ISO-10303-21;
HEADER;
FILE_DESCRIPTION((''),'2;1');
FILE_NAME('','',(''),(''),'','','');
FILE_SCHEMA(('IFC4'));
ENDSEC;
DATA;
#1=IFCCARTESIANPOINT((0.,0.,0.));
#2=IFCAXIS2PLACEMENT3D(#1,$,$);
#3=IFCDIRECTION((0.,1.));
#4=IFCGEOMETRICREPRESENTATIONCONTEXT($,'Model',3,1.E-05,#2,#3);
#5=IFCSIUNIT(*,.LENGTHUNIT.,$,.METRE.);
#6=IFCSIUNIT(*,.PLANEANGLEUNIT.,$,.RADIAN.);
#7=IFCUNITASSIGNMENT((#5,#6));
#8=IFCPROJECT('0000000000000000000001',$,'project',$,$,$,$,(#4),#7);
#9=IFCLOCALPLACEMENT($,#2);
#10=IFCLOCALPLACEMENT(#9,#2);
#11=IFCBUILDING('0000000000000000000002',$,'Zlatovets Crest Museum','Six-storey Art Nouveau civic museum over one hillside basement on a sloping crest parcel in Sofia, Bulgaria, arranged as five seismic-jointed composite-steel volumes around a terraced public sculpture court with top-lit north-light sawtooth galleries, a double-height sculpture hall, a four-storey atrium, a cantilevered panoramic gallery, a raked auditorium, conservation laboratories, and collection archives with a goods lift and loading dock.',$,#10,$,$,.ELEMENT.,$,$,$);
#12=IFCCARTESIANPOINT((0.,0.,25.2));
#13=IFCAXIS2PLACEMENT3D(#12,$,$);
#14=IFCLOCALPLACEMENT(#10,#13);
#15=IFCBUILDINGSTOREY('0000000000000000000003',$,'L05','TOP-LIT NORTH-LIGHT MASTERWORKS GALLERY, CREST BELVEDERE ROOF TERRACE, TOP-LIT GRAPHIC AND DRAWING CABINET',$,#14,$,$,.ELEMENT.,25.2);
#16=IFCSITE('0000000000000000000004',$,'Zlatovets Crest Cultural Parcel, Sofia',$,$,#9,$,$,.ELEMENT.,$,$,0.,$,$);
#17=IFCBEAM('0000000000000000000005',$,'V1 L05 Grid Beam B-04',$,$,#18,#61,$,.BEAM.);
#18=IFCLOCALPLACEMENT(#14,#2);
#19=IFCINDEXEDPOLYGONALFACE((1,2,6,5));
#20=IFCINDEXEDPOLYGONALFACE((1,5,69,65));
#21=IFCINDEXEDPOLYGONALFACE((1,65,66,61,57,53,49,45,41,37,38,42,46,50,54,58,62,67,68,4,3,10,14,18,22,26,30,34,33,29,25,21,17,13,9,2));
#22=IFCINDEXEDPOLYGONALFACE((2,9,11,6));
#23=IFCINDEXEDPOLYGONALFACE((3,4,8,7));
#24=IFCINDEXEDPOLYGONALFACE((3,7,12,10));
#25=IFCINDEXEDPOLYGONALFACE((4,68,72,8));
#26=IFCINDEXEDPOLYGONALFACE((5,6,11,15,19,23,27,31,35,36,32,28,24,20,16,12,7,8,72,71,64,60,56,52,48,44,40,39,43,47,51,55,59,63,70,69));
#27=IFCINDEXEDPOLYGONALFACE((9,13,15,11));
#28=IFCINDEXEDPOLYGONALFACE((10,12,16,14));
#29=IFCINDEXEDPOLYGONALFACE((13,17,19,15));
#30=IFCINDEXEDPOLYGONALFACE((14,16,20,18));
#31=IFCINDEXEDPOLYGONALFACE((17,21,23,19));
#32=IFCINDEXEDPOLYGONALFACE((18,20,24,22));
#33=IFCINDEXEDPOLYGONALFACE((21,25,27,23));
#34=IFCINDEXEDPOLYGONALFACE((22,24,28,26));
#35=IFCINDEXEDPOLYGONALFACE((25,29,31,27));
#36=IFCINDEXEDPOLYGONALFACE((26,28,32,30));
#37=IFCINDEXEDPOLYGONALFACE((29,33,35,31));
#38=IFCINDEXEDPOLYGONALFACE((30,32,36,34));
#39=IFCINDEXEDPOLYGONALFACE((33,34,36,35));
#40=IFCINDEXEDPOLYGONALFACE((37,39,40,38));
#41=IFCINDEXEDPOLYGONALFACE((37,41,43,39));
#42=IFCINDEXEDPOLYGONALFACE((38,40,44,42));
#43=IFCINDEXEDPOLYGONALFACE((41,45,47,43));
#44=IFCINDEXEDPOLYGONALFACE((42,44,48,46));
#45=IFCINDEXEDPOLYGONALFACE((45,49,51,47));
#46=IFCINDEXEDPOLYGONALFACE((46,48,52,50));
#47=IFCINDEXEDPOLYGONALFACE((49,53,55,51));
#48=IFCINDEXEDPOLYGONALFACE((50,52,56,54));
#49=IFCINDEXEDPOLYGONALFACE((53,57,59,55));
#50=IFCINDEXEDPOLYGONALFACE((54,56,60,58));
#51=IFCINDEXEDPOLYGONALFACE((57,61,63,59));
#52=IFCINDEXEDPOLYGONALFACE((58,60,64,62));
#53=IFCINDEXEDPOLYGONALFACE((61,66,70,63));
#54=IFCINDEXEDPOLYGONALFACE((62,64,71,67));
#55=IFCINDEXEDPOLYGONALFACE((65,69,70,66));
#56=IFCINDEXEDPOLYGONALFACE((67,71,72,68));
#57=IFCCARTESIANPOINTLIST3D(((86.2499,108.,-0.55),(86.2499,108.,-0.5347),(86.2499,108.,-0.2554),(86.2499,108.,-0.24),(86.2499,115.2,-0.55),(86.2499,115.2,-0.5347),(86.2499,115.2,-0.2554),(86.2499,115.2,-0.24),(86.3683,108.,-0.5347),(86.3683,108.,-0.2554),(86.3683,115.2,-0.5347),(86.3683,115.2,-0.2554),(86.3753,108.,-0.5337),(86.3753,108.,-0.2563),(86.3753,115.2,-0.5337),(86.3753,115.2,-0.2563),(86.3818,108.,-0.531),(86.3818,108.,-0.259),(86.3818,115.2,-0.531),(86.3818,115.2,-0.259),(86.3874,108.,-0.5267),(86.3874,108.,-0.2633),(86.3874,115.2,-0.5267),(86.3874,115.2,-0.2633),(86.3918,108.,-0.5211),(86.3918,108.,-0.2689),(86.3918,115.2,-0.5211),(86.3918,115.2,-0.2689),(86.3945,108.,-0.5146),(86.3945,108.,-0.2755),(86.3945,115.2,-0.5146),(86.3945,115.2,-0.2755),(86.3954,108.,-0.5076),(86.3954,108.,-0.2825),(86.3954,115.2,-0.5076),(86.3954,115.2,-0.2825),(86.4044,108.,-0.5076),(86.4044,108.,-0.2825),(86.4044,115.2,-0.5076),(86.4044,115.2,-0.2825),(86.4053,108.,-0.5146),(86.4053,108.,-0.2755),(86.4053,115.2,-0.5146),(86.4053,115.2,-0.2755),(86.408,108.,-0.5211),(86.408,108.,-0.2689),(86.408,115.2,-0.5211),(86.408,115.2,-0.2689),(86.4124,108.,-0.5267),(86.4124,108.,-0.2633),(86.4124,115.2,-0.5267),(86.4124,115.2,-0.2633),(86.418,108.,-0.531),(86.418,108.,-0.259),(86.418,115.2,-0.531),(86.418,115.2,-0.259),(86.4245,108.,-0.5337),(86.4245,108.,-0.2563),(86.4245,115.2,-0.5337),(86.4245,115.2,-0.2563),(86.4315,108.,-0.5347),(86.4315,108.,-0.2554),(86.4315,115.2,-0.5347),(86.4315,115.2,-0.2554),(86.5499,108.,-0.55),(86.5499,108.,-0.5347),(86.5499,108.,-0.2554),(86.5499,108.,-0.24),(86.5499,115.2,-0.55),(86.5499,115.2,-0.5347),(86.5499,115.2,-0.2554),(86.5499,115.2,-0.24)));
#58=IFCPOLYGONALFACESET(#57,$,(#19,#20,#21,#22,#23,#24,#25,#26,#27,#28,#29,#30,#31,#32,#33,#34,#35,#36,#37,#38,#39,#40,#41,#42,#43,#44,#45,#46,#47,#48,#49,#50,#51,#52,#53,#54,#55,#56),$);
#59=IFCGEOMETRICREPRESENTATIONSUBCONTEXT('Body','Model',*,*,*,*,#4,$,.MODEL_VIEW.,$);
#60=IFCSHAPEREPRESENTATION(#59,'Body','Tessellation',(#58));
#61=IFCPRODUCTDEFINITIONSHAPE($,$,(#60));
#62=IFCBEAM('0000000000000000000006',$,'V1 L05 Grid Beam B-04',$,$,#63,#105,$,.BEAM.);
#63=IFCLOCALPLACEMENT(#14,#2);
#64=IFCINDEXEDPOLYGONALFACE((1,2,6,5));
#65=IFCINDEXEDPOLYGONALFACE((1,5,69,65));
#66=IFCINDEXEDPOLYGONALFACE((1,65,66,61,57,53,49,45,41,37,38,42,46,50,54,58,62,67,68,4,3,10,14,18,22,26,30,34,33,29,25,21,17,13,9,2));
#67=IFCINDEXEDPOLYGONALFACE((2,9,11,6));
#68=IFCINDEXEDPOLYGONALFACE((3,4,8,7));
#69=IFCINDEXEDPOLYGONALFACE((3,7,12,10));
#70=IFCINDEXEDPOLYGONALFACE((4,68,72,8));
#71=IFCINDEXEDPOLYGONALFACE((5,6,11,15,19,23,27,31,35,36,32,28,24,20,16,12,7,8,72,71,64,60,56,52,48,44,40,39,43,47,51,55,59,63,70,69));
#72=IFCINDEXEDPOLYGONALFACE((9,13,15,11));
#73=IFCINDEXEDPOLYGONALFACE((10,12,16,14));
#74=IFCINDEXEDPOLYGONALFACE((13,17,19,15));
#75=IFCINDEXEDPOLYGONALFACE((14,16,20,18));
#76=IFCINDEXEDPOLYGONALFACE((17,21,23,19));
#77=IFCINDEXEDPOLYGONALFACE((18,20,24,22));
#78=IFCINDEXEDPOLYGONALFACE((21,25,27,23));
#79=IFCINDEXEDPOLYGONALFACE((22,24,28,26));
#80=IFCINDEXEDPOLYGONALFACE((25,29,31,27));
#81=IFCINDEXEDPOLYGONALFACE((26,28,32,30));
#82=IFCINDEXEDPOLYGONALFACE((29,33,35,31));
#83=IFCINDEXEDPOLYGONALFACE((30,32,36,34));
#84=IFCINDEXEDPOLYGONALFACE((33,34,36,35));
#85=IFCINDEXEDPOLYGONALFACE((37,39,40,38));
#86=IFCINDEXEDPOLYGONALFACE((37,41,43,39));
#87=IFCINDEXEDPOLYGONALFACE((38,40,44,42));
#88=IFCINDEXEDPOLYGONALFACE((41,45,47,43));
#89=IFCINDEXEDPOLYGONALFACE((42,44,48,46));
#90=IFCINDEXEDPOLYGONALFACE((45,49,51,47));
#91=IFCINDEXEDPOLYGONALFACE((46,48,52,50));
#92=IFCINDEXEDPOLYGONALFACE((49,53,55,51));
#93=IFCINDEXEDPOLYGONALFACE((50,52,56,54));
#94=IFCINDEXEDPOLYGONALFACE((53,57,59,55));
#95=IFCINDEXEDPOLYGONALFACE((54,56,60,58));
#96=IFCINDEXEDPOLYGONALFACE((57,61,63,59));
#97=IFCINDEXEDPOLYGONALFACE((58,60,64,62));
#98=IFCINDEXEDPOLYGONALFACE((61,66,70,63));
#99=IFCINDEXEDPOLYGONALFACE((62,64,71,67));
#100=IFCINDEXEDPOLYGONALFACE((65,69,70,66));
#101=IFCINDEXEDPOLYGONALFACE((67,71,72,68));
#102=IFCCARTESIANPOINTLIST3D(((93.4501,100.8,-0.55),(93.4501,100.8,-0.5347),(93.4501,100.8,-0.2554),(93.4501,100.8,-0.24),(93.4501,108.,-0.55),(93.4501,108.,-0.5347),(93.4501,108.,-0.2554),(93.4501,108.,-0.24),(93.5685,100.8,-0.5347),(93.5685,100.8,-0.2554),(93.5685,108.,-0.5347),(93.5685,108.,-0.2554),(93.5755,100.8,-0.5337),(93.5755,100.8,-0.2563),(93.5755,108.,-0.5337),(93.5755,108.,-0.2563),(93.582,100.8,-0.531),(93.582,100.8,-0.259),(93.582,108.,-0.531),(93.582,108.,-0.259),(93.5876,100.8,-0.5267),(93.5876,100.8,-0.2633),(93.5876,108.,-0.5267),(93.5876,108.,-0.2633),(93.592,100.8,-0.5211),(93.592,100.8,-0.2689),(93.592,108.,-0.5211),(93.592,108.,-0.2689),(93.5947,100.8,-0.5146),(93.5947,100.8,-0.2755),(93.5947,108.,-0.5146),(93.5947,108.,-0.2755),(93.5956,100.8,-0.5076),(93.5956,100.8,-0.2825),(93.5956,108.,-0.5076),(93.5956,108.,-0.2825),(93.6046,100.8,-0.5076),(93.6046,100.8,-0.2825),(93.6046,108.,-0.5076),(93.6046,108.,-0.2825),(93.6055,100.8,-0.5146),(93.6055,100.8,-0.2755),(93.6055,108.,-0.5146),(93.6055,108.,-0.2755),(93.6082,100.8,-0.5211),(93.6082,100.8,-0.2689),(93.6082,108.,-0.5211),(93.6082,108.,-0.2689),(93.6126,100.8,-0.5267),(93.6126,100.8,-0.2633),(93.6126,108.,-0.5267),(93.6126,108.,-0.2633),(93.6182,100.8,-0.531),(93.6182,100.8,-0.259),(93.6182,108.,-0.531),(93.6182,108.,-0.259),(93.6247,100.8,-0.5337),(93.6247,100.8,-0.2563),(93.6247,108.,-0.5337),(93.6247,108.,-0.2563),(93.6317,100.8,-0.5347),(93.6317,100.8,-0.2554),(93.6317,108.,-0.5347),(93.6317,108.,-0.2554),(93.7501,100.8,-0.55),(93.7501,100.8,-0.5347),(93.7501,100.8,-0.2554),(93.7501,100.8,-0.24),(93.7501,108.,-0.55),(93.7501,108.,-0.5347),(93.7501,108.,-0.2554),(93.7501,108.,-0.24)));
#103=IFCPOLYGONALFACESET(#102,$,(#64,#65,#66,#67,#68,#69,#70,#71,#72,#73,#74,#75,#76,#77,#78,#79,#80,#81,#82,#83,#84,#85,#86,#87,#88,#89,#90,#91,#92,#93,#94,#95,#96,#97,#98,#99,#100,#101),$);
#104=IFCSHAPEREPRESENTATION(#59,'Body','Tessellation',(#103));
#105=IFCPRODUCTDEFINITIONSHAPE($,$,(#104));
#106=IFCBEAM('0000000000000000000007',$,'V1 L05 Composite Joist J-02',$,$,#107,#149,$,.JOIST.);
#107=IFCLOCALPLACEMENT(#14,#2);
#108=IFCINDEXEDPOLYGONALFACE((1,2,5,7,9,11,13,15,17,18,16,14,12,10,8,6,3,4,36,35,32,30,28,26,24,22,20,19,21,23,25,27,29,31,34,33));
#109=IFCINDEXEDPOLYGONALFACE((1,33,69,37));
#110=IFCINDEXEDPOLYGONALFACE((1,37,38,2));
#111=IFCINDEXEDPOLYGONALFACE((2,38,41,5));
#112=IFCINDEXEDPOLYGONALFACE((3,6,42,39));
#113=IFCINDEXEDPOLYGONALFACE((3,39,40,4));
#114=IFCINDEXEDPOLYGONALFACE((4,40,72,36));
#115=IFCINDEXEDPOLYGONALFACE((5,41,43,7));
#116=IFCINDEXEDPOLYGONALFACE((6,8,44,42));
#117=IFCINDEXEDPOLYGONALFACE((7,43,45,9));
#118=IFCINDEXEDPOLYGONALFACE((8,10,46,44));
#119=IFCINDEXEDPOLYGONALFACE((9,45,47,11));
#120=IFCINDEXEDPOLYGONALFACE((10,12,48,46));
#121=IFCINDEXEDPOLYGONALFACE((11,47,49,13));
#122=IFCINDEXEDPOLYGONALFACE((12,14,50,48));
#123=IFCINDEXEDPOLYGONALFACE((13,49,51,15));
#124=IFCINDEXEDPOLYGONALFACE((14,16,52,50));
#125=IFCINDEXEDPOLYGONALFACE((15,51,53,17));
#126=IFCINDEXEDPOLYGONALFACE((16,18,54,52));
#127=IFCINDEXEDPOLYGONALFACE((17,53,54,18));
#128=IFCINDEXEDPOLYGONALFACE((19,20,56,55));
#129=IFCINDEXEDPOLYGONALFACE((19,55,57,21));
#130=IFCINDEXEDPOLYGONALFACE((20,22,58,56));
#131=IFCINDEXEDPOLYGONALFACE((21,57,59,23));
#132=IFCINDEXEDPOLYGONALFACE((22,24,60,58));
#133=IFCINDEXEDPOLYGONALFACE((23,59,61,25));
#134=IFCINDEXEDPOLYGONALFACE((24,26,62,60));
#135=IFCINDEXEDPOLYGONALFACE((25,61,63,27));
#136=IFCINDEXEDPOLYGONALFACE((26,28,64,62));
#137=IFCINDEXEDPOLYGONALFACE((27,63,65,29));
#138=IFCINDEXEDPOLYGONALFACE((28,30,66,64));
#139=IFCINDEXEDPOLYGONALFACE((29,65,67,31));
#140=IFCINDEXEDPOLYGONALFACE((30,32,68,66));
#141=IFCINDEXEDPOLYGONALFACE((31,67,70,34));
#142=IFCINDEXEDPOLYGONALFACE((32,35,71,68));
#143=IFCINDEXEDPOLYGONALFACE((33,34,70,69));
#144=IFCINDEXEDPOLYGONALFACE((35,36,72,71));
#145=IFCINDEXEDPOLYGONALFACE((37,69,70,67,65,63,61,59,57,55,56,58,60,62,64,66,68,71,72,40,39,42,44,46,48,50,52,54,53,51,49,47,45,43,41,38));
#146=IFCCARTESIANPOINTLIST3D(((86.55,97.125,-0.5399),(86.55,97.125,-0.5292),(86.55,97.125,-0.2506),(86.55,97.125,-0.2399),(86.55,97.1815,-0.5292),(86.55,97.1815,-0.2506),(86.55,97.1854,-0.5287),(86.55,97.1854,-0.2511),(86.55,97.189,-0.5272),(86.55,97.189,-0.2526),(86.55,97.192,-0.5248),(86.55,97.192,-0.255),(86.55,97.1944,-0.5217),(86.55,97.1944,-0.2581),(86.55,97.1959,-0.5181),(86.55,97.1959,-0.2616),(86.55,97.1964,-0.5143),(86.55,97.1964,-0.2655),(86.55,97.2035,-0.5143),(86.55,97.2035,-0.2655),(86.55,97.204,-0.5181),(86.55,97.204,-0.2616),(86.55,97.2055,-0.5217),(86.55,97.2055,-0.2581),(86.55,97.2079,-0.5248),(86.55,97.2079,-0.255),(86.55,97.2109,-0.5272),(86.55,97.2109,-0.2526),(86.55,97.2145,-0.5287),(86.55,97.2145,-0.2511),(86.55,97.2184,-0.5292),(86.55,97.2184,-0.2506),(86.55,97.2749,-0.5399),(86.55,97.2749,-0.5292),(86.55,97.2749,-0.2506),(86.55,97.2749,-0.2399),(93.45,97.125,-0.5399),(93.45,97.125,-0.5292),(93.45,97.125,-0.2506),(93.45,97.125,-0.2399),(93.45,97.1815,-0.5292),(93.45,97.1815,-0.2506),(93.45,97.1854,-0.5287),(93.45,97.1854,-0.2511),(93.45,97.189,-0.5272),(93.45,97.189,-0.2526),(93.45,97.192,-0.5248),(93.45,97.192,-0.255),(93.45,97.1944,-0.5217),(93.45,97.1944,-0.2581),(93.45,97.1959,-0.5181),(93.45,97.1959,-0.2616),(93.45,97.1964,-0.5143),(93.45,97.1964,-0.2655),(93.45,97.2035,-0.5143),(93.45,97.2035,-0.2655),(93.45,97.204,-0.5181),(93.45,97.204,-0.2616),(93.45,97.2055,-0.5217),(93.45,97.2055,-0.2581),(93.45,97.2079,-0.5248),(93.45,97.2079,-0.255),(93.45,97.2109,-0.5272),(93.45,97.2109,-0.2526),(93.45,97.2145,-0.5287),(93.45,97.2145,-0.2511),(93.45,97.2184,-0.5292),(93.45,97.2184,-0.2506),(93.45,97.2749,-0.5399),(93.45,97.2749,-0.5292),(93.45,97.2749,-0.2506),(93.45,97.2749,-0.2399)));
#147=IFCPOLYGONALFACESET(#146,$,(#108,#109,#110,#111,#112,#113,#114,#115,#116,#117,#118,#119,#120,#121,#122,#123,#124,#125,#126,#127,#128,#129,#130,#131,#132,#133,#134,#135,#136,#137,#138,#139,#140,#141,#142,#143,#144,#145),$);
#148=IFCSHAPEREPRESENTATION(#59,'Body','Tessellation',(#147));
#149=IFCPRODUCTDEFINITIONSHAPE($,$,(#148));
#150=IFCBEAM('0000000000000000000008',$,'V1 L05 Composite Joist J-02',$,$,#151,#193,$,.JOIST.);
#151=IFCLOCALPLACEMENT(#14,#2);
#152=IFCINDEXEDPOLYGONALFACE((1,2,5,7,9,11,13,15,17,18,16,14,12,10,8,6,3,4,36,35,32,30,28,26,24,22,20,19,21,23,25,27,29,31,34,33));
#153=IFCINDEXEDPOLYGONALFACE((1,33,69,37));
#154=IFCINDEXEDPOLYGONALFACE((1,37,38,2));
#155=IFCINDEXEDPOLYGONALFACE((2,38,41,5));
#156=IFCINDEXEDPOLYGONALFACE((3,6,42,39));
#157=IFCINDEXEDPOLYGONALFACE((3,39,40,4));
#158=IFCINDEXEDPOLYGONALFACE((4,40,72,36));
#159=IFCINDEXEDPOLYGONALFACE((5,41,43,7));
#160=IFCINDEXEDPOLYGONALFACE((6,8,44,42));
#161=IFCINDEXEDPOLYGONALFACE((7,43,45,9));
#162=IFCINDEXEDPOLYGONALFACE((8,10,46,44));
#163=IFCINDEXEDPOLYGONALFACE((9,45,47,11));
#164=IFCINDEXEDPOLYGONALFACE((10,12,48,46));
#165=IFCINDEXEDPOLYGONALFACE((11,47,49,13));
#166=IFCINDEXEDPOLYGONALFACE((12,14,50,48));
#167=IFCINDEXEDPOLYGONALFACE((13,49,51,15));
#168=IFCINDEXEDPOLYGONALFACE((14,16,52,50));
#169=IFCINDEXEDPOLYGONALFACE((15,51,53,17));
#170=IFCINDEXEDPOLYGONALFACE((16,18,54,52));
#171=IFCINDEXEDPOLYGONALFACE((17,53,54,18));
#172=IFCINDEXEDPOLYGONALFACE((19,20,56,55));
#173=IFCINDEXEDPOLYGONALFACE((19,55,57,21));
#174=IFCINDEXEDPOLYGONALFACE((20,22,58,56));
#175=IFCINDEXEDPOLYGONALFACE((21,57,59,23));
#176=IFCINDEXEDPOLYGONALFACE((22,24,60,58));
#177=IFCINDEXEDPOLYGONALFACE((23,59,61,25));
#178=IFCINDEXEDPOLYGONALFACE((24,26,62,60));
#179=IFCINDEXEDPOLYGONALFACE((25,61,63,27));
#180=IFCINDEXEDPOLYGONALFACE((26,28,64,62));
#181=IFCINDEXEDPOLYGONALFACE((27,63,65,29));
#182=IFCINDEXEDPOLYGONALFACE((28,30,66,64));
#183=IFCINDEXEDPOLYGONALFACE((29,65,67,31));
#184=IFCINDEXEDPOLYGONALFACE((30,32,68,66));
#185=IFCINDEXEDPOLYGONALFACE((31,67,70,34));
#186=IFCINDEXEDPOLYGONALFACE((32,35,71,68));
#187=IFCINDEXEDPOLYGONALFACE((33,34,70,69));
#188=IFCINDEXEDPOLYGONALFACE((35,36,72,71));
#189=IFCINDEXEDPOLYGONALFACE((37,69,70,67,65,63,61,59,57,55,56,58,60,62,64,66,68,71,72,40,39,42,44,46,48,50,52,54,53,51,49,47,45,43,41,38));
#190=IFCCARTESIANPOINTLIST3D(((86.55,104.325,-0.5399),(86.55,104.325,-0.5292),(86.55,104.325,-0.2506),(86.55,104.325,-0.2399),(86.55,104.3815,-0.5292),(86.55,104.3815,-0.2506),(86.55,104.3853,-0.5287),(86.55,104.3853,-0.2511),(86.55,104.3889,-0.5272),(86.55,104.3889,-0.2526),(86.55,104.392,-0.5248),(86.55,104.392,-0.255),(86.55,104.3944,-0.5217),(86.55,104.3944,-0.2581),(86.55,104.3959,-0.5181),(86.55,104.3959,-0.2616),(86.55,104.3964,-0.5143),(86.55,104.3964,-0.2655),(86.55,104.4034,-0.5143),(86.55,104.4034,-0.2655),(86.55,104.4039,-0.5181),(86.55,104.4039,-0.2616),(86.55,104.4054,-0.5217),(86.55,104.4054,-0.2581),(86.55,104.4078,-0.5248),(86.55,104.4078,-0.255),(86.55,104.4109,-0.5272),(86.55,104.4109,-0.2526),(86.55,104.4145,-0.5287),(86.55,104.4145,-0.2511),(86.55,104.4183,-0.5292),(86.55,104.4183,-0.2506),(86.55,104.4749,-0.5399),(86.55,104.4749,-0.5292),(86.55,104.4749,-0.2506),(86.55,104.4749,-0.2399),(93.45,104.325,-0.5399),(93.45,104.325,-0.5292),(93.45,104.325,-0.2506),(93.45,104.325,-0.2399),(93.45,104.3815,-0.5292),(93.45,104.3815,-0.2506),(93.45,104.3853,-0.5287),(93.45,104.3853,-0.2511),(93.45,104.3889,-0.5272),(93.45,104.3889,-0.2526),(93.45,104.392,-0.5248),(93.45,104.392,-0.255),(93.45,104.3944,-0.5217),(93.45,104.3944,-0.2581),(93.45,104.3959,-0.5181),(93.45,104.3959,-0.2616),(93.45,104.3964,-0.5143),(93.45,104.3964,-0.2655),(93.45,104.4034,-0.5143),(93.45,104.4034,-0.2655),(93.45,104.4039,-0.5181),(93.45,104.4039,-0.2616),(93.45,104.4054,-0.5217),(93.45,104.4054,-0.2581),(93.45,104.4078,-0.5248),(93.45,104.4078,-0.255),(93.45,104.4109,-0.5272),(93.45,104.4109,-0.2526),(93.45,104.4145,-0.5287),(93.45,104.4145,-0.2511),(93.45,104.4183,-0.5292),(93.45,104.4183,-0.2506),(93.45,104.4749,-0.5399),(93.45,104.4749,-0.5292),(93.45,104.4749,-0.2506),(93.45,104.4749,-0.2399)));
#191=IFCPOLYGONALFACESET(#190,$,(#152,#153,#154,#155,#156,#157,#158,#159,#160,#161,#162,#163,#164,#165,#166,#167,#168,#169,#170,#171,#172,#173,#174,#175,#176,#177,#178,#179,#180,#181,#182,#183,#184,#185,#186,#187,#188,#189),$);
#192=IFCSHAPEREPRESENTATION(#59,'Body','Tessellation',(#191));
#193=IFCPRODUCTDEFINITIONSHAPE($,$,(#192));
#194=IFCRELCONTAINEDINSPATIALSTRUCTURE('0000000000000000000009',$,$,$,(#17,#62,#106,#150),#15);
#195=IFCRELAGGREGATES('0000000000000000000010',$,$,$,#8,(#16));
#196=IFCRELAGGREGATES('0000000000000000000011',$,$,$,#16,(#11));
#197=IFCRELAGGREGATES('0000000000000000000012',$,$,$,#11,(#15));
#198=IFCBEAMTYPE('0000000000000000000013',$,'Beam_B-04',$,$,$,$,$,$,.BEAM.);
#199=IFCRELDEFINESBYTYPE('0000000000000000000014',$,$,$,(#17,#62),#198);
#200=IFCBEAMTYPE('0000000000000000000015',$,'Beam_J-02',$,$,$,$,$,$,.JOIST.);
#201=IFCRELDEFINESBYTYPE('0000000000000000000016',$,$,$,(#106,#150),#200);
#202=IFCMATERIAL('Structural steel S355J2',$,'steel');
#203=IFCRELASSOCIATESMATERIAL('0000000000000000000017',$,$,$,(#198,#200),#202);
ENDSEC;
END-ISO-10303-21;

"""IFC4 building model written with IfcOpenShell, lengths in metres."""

from ifc_helpers import new_model, si_unit, direction, frame, origin, origin_2d, place, context, subcontext, project, spatial, i_section, extrude, material, material_profile, profile_set, type_object, element, save


model = new_model("IFC4")

# Units and contexts
model_context = context("Model", 3, precision=1e-05, world=origin(), true_north=direction((0.0, 1.0)))
body_context = subcontext(model_context, "Body", "Model", "MODEL_VIEW")
ifc_project = project(units=[si_unit("LENGTHUNIT", "METRE"), si_unit("PLANEANGLEUNIT", "RADIAN")], contexts=[model_context])

# Site, building, storey
site_placement = place(None, origin())
site = spatial("IfcSite", under=ifc_project, at=site_placement, Name="Zlatovets Crest Cultural Parcel, Sofia", CompositionType="ELEMENT", RefElevation=0.0)
building_placement = place(site_placement, origin())
building = spatial("IfcBuilding", under=site, at=building_placement, Name="Zlatovets Crest Museum", Description="Six-storey Art Nouveau civic museum over one hillside basement on a sloping crest parcel in Sofia, Bulgaria, arranged as five seismic-jointed composite-steel volumes around a terraced public sculpture court with top-lit north-light sawtooth galleries, a double-height sculpture hall, a four-storey atrium, a cantilevered panoramic gallery, a raked auditorium, conservation laboratories, and collection archives with a goods lift and loading dock.", CompositionType="ELEMENT")
storey_placement = place(building_placement, frame((0.0, 0.0, 25.2)))
storey = spatial("IfcBuildingStorey", under=building, at=storey_placement, Name="L05", Description="TOP-LIT NORTH-LIGHT MASTERWORKS GALLERY, CREST BELVEDERE ROOF TERRACE, TOP-LIT GRAPHIC AND DRAWING CABINET", CompositionType="ELEMENT", Elevation=25.2)

# Beams
ifc_material_1 = material(Name="Structural steel S355J2", Category="steel")
ifc_material_profile_1 = material_profile(ifc_material_1, i_section(OverallWidth=0.3, OverallDepth=0.3101, WebThickness=0.009, FlangeThickness=0.0154, FilletRadius=0.0271, at=origin_2d()), Name="HEA 320")
ifc_profile_set_1 = profile_set([ifc_material_profile_1], Name="Structural steel S355J2")
beam_type_1 = type_object("IfcBeamType", Name="Beam_B-04", PredefinedType="BEAM", material=ifc_profile_set_1)
for number, where, z_axis, x_axis, name in (
    (1, (86.3999, 108.0, -0.395), (0.0, 1.0, 0.0), (-1.0, 0.0, 0.0), "V1 L05 Grid Beam B-04"),
    (2, (93.6001, 100.8, -0.395), (0.0, 1.0, 0.0), (-1.0, 0.0, 0.0), "V1 L05 Grid Beam B-04"),
):
    element("IfcBeam", number, at=place(storey_placement, frame(where, z_axis=z_axis, x_axis=x_axis)), inside=storey, type_object=beam_type_1, Name=name, PredefinedType="BEAM", context=body_context, shape_type="SweptSolid", body=[
        extrude(i_section(OverallWidth=0.3, OverallDepth=0.3101, WebThickness=0.009, FlangeThickness=0.0154, FilletRadius=0.0271, at=origin_2d()), origin(), (0.0, 0.0, 1.0), 7.2),
    ])
ifc_material_profile_2 = material_profile(ifc_material_1, i_section(OverallWidth=0.1499, OverallDepth=0.3, WebThickness=0.0071, FlangeThickness=0.0107, FilletRadius=0.0149, at=origin_2d()), Name="IPE 300")
ifc_profile_set_2 = profile_set([ifc_material_profile_2], Name="Structural steel S355J2")
beam_type_2 = type_object("IfcBeamType", Name="Beam_J-02", PredefinedType="JOIST", material=ifc_profile_set_2)
for number, where, z_axis, x_axis, name in (
    (3, (86.55, 97.2, -0.3899), (1.0, 0.0, 0.0), (0.0, 1.0, 0.0), "V1 L05 Composite Joist J-02"),
    (4, (86.55, 104.3999, -0.3899), (1.0, 0.0, 0.0), (0.0, 1.0, 0.0), "V1 L05 Composite Joist J-02"),
):
    element("IfcBeam", number, at=place(storey_placement, frame(where, z_axis=z_axis, x_axis=x_axis)), inside=storey, type_object=beam_type_2, Name=name, PredefinedType="JOIST", context=body_context, shape_type="SweptSolid", body=[
        extrude(i_section(OverallWidth=0.1499, OverallDepth=0.3, WebThickness=0.0071, FlangeThickness=0.0107, FilletRadius=0.0149, at=origin_2d()), origin(), (0.0, 0.0, 1.0), 6.8999),
    ])

save(model, "model.ifc")
